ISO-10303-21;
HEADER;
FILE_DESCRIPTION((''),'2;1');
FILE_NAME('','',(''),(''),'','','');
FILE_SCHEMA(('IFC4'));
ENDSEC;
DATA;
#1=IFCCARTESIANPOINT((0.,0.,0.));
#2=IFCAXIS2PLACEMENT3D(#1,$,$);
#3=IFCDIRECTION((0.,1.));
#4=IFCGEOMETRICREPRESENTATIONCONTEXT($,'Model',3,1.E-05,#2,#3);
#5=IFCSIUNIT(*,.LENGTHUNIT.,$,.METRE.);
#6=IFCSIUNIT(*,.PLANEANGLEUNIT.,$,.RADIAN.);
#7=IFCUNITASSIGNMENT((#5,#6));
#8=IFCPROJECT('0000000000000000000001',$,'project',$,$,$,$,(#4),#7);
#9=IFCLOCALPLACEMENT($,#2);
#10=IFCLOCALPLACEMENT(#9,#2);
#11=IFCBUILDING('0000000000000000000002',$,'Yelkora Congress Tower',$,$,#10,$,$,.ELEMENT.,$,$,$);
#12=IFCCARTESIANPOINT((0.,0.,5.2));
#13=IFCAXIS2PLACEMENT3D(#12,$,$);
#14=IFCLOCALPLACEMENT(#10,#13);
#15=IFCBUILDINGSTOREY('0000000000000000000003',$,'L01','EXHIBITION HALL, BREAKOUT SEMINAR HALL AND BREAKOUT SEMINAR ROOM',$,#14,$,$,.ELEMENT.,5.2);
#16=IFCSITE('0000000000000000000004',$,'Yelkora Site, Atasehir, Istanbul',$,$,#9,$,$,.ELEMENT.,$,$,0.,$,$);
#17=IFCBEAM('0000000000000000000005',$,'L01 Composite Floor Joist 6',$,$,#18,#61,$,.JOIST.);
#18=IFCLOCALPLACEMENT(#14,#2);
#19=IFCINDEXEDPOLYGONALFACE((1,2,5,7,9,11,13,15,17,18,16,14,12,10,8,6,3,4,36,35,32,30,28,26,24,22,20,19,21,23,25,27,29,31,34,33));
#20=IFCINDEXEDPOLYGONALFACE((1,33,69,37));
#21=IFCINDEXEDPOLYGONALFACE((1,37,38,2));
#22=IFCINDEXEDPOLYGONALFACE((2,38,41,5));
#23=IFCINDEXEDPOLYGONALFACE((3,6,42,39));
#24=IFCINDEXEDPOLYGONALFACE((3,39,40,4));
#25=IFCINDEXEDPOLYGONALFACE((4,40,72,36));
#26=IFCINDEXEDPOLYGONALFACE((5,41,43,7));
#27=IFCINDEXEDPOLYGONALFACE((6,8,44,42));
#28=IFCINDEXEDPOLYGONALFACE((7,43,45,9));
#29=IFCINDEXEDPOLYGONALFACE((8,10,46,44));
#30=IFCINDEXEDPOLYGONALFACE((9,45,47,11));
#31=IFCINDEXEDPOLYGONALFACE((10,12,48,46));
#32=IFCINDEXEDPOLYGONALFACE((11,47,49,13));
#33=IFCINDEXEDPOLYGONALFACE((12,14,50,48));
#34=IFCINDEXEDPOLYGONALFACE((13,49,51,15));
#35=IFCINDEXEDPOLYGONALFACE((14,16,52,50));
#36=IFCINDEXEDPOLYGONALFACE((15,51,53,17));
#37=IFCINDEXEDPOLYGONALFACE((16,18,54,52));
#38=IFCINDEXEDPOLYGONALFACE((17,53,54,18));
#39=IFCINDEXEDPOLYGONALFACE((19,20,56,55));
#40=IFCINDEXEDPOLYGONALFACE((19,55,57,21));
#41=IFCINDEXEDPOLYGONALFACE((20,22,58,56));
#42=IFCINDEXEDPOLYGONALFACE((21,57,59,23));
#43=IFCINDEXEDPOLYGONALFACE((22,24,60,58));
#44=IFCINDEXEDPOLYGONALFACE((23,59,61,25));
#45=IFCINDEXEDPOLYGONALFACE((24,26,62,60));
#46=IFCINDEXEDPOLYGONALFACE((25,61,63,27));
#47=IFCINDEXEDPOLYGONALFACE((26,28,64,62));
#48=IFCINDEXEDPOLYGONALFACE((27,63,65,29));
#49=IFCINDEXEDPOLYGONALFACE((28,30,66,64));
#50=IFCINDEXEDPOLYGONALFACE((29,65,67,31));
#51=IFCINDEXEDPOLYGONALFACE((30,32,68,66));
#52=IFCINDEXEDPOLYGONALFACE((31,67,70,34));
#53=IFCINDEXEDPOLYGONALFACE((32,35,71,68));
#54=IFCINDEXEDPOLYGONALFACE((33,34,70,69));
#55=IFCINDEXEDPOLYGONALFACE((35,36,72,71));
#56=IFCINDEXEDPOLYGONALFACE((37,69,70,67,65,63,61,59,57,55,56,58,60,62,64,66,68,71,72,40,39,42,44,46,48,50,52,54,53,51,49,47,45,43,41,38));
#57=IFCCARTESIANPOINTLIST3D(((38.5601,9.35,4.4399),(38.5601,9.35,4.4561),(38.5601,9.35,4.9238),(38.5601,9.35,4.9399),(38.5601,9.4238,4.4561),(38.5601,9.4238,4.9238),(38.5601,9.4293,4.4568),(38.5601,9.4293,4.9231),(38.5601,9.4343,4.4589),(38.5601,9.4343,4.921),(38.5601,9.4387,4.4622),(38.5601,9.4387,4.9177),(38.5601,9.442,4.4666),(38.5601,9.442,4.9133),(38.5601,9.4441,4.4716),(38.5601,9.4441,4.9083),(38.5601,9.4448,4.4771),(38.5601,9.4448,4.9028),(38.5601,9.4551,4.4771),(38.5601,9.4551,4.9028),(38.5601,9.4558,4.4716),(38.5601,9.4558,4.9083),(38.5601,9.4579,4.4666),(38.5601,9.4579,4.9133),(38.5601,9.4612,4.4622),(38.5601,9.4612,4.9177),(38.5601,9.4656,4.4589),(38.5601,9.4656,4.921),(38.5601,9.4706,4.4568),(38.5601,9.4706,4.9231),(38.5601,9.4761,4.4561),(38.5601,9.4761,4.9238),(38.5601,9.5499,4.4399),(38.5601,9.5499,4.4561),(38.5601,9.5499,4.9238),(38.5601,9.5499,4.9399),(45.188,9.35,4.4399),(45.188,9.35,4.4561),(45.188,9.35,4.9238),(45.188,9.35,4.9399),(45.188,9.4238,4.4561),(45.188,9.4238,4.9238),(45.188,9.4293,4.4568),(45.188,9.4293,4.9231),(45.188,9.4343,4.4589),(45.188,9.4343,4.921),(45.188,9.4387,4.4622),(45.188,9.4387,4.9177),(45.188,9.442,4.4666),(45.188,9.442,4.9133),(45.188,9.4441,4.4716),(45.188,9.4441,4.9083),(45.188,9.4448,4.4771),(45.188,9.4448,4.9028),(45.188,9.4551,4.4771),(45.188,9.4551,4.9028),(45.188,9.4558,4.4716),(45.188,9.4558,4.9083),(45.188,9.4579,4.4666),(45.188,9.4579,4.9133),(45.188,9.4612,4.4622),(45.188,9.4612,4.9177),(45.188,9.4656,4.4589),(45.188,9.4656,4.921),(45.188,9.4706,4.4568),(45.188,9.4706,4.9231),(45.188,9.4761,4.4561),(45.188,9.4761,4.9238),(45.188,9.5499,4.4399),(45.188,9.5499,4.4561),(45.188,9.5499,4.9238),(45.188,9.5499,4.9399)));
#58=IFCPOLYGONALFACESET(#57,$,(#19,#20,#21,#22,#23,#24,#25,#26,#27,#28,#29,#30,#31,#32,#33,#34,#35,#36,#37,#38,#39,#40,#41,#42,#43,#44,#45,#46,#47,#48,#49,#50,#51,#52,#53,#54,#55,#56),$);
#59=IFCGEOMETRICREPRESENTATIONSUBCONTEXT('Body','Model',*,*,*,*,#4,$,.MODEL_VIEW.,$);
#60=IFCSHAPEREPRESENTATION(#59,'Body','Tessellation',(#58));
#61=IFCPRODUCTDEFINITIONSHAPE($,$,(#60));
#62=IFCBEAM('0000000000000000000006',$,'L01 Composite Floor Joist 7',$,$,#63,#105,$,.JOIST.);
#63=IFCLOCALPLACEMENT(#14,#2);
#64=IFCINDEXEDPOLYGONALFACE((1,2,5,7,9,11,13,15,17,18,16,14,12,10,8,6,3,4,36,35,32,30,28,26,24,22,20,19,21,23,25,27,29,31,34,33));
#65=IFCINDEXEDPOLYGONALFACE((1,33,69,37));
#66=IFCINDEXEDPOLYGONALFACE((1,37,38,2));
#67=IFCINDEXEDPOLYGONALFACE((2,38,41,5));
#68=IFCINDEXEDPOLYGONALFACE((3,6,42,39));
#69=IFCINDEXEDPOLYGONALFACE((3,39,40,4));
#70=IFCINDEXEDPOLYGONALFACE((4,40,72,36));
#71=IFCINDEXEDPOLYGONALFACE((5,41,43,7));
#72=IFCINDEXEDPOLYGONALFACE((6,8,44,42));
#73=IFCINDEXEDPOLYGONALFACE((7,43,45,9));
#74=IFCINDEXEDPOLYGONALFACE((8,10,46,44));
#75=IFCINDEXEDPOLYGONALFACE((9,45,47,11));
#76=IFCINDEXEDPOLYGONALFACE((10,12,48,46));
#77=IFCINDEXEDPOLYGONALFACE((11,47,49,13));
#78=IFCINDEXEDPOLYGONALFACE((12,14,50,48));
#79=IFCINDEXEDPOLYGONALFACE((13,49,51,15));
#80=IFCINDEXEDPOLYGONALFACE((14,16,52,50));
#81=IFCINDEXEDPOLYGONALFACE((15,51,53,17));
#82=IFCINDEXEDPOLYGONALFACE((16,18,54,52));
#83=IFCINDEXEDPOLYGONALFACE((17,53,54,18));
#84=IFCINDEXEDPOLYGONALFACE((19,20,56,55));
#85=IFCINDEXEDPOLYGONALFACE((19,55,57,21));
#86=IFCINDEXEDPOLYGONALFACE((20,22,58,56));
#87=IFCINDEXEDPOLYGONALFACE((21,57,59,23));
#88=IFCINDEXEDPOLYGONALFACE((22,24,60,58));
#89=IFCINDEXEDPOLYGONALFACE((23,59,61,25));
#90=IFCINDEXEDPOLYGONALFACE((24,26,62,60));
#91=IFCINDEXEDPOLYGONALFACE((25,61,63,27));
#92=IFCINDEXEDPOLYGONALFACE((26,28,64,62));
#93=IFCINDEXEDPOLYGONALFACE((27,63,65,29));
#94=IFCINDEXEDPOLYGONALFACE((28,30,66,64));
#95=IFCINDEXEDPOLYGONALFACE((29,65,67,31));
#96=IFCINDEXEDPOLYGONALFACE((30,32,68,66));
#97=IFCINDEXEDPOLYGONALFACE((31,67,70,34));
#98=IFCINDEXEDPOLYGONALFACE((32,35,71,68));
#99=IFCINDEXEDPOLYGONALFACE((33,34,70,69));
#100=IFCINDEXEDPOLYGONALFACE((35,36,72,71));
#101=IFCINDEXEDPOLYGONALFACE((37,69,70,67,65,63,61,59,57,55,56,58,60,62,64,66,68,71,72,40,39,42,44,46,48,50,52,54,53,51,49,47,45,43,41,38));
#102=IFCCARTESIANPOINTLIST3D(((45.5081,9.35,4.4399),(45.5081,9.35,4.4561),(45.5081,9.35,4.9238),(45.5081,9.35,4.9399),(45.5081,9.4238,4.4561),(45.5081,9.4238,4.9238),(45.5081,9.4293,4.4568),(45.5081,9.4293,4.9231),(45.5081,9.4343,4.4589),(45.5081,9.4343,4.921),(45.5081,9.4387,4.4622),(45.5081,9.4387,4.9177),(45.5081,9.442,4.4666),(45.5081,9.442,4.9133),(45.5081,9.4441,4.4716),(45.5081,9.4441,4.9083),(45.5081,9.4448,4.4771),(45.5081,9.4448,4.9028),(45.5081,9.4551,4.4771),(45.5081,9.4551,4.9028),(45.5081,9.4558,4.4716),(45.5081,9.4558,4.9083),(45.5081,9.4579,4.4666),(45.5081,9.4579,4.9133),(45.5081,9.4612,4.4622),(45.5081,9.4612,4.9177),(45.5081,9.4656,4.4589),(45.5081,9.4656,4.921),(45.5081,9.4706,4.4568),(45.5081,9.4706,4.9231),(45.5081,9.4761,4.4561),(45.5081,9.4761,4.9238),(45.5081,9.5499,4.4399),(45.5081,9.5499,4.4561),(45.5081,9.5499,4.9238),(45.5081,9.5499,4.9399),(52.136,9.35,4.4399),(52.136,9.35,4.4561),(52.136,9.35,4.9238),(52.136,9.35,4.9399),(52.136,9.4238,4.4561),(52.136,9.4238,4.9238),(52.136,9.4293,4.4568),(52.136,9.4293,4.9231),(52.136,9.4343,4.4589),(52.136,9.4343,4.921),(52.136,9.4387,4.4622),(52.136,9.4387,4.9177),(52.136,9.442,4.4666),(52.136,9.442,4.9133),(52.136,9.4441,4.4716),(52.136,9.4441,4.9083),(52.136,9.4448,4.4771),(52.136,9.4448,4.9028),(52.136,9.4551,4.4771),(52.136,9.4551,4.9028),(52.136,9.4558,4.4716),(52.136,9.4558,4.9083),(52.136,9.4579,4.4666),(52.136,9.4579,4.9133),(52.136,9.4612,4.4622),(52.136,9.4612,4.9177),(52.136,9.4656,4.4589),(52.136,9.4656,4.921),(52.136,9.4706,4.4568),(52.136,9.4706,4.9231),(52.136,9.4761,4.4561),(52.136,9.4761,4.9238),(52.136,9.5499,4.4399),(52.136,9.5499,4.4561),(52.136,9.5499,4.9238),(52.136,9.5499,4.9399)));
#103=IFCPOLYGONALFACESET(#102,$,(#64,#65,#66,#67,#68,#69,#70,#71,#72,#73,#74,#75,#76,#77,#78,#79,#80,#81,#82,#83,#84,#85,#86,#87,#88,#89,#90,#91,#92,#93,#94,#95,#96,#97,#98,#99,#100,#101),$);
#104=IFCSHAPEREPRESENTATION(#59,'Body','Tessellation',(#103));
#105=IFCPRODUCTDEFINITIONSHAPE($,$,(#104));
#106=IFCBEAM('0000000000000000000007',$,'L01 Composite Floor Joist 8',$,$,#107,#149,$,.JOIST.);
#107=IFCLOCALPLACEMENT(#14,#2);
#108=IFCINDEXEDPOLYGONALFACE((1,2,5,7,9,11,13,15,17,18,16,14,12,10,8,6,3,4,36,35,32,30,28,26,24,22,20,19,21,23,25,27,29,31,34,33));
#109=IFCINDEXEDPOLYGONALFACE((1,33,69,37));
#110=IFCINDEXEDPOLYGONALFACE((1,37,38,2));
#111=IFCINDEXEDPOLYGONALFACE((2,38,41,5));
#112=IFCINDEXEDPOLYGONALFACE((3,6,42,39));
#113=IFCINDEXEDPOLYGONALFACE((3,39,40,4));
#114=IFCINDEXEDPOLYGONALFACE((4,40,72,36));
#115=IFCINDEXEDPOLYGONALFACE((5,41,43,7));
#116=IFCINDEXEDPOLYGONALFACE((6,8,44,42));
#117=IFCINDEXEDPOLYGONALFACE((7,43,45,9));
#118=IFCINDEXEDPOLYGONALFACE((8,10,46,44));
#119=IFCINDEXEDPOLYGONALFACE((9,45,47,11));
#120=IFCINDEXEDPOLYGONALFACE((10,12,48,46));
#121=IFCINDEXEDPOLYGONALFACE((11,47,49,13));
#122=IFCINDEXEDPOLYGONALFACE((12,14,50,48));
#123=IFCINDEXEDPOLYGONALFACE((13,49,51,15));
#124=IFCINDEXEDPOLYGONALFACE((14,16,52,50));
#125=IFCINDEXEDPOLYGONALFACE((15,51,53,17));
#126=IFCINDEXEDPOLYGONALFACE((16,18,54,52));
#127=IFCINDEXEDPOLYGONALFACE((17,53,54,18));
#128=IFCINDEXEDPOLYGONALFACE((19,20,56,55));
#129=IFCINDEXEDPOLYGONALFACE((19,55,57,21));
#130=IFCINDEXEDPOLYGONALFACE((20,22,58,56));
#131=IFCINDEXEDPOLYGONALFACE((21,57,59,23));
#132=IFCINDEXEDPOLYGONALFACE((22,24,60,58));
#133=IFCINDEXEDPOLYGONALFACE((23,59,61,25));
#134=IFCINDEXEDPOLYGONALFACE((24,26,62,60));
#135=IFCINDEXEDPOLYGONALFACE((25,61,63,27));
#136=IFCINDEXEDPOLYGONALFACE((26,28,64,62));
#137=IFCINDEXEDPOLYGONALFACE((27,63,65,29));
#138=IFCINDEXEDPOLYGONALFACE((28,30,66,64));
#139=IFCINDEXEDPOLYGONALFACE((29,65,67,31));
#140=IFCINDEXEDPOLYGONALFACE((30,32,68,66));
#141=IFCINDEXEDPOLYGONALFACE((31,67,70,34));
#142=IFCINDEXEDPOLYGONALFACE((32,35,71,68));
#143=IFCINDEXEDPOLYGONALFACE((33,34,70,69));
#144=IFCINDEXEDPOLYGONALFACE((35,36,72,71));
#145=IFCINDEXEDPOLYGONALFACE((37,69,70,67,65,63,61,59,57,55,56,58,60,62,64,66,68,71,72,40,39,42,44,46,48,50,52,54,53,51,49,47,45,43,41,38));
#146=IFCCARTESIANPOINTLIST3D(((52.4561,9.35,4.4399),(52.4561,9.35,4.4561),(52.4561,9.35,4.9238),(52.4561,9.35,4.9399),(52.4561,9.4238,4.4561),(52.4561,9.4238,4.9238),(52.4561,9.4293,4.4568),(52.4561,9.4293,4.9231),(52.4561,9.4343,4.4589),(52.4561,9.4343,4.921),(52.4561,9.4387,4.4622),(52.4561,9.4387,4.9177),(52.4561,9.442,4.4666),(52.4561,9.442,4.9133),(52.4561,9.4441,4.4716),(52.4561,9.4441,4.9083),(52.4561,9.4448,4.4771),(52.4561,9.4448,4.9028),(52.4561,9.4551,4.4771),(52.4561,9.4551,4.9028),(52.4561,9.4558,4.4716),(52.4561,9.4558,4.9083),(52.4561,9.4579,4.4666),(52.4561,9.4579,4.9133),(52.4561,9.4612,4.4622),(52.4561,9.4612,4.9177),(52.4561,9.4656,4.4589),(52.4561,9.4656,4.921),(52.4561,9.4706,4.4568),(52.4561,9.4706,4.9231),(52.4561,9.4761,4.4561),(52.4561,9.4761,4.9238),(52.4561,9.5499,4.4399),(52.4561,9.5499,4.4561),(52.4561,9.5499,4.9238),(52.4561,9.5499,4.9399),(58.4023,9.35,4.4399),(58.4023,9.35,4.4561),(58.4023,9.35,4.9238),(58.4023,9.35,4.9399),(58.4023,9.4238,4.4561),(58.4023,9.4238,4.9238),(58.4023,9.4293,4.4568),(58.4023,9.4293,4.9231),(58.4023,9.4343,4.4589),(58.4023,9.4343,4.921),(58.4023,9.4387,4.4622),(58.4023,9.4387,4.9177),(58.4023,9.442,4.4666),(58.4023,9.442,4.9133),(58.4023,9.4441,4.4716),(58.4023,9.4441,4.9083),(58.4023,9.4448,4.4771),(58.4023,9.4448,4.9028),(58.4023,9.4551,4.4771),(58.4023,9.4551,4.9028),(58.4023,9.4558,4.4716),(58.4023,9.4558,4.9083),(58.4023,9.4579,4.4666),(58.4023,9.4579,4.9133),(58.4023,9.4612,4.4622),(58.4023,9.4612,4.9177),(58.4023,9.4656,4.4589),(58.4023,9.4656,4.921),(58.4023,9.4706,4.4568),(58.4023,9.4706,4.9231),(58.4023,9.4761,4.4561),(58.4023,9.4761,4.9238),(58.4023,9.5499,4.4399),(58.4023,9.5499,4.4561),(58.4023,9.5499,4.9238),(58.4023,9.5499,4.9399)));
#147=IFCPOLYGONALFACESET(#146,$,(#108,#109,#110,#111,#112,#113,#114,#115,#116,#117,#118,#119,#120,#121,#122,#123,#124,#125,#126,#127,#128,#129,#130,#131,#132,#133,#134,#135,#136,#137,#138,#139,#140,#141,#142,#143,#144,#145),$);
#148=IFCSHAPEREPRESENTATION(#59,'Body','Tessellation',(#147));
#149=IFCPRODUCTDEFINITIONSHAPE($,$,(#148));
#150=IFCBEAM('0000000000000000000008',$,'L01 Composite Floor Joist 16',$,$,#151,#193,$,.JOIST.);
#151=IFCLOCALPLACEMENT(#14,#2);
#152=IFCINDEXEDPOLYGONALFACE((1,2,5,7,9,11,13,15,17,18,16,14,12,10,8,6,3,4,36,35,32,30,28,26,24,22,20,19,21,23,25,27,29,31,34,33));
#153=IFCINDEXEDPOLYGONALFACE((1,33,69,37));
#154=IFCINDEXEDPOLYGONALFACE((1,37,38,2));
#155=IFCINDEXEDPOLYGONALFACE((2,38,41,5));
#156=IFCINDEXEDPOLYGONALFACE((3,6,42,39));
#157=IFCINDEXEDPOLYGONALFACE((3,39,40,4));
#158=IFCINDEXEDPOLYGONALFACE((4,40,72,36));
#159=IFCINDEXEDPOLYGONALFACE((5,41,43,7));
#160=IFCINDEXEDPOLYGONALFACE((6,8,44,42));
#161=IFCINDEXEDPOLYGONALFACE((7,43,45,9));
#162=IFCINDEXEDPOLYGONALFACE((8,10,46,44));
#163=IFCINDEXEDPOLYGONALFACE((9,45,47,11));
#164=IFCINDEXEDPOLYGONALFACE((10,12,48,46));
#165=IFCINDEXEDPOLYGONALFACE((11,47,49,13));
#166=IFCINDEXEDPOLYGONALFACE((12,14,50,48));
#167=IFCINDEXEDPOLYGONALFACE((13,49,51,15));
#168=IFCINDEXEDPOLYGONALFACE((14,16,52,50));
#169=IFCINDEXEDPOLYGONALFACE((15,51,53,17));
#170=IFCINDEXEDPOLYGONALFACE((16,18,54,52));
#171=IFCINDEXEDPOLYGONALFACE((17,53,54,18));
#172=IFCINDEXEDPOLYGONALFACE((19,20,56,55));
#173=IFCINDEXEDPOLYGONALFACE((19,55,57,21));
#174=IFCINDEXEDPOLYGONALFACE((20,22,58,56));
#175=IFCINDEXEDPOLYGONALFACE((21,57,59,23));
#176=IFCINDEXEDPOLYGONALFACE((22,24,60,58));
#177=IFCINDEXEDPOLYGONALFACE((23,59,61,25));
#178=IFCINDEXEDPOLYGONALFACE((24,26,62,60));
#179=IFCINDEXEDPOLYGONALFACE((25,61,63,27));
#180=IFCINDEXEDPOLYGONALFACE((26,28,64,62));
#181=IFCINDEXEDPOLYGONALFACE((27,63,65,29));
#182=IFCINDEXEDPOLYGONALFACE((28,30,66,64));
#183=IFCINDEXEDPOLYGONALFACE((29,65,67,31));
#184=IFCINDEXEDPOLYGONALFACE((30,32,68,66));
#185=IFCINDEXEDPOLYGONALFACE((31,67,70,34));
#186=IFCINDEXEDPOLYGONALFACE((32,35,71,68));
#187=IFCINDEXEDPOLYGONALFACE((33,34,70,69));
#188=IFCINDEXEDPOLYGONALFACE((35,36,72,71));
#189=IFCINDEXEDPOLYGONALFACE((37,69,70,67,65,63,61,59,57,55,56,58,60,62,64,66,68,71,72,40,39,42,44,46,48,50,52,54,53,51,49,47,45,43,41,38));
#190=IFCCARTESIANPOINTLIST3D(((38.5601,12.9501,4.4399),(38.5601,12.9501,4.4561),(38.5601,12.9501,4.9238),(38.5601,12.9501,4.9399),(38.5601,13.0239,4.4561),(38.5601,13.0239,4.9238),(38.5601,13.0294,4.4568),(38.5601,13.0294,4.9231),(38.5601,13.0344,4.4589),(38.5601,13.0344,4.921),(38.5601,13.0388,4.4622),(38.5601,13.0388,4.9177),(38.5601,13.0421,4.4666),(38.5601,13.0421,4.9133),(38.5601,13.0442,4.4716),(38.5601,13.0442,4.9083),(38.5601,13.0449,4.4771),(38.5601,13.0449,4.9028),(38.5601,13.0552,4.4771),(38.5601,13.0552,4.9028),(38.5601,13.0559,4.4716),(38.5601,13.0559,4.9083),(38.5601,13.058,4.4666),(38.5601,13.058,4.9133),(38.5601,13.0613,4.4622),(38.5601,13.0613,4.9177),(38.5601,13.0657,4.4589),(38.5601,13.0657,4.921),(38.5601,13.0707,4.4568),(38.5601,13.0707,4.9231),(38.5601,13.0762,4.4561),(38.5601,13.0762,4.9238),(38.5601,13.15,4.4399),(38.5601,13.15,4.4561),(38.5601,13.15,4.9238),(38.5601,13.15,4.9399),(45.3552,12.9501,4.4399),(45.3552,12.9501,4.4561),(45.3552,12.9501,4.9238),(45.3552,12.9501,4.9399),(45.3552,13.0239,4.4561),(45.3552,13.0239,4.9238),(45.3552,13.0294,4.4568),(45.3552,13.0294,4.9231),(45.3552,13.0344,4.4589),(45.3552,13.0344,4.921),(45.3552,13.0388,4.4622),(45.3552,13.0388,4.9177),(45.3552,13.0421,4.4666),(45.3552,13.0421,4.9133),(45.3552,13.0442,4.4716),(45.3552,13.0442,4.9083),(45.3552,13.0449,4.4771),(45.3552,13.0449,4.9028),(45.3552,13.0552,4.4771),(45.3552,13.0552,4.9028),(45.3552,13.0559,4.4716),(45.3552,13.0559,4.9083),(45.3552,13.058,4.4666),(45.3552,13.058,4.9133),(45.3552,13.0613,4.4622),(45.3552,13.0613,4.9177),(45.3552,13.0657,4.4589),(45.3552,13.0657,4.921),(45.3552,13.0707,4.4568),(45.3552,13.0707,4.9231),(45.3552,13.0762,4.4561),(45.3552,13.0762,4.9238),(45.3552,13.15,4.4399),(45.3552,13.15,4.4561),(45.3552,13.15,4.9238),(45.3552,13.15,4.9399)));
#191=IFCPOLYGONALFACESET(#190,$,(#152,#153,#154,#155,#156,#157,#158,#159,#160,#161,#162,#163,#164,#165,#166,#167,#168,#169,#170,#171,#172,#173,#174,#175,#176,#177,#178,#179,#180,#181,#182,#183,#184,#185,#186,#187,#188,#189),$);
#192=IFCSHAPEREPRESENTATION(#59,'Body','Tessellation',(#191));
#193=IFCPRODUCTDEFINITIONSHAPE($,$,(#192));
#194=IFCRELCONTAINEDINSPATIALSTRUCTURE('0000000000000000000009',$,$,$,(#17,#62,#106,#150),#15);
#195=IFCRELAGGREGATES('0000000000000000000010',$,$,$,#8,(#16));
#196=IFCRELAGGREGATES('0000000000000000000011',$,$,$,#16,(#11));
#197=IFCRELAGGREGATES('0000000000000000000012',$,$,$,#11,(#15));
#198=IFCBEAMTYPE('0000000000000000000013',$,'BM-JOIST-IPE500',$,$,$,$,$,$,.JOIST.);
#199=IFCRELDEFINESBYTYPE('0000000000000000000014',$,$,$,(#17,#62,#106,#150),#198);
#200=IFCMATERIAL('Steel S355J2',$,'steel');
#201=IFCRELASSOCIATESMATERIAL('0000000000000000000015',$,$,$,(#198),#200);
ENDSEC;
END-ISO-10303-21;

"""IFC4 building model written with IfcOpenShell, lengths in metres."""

from ifc_helpers import new_model, si_unit, direction, frame, origin, origin_2d, place, context, subcontext, project, spatial, i_section, extrude, material, material_profile, profile_set, type_object, element, save


model = new_model("IFC4")

# Units and contexts
model_context = context("Model", 3, precision=1e-05, world=origin(), true_north=direction((0.0, 1.0)))
body_context = subcontext(model_context, "Body", "Model", "MODEL_VIEW")
ifc_project = project(units=[si_unit("LENGTHUNIT", "METRE"), si_unit("PLANEANGLEUNIT", "RADIAN")], contexts=[model_context])

# Site, building, storey
site_placement = place(None, origin())
site = spatial("IfcSite", under=ifc_project, at=site_placement, Name="Yelkora Site, Atasehir, Istanbul", CompositionType="ELEMENT", RefElevation=0.0)
building_placement = place(site_placement, origin())
building = spatial("IfcBuilding", under=site, at=building_placement, Name="Yelkora Congress Tower", CompositionType="ELEMENT")
storey_placement = place(building_placement, frame((0.0, 0.0, 5.2)))
storey = spatial("IfcBuildingStorey", under=building, at=storey_placement, Name="L01", Description="EXHIBITION HALL, BREAKOUT SEMINAR HALL AND BREAKOUT SEMINAR ROOM", CompositionType="ELEMENT", Elevation=5.2)

# Beams
ifc_material_1 = material(Name="Steel S355J2", Category="steel")
ifc_material_profile_1 = material_profile(ifc_material_1, i_section(OverallWidth=0.2, OverallDepth=0.5, WebThickness=0.0103, FlangeThickness=0.0161, FilletRadius=0.021, at=origin_2d()), Name="IPE 500")
ifc_profile_set_1 = profile_set([ifc_material_profile_1], Name="Steel S355J2")
beam_type_1 = type_object("IfcBeamType", Name="BM-JOIST-IPE500", PredefinedType="JOIST", material=ifc_profile_set_1)
for number, where, z_axis, x_axis, name in (
    (1, (38.5601, 9.45, 4.6899), (1.0, 0.0, 0.0), (0.0, 1.0, 0.0), "L01 Composite Floor Joist 6"),
    (2, (45.5081, 9.45, 4.6899), (1.0, 0.0, 0.0), (0.0, 1.0, 0.0), "L01 Composite Floor Joist 7"),
):
    element("IfcBeam", number, at=place(storey_placement, frame(where, z_axis=z_axis, x_axis=x_axis)), inside=storey, type_object=beam_type_1, Name=name, PredefinedType="JOIST", context=body_context, shape_type="SweptSolid", body=[
        extrude(i_section(OverallWidth=0.2, OverallDepth=0.5, WebThickness=0.0103, FlangeThickness=0.0161, FilletRadius=0.021, at=origin_2d()), origin(), (0.0, 0.0, 1.0), 6.6279),
    ])
beam_1_placement = place(storey_placement, frame((52.4561, 9.45, 4.6899), z_axis=(1.0, 0.0, 0.0), x_axis=(0.0, 1.0, 0.0)))
element("IfcBeam", 3, at=beam_1_placement, inside=storey, type_object=beam_type_1, Name="L01 Composite Floor Joist 8", PredefinedType="JOIST", context=body_context, shape_type="SweptSolid", body=[
    extrude(i_section(OverallWidth=0.2, OverallDepth=0.5, WebThickness=0.0103, FlangeThickness=0.0161, FilletRadius=0.021, at=origin_2d()), origin(), (0.0, 0.0, 1.0), 5.9463),
])
beam_2_placement = place(storey_placement, frame((38.5601, 13.05, 4.6899), z_axis=(1.0, 0.0, 0.0), x_axis=(0.0, 1.0, 0.0)))
element("IfcBeam", 4, at=beam_2_placement, inside=storey, type_object=beam_type_1, Name="L01 Composite Floor Joist 16", PredefinedType="JOIST", context=body_context, shape_type="SweptSolid", body=[
    extrude(i_section(OverallWidth=0.2, OverallDepth=0.5, WebThickness=0.0103, FlangeThickness=0.0161, FilletRadius=0.021, at=origin_2d()), origin(), (0.0, 0.0, 1.0), 6.7952),
])

save(model, "model.ifc")
